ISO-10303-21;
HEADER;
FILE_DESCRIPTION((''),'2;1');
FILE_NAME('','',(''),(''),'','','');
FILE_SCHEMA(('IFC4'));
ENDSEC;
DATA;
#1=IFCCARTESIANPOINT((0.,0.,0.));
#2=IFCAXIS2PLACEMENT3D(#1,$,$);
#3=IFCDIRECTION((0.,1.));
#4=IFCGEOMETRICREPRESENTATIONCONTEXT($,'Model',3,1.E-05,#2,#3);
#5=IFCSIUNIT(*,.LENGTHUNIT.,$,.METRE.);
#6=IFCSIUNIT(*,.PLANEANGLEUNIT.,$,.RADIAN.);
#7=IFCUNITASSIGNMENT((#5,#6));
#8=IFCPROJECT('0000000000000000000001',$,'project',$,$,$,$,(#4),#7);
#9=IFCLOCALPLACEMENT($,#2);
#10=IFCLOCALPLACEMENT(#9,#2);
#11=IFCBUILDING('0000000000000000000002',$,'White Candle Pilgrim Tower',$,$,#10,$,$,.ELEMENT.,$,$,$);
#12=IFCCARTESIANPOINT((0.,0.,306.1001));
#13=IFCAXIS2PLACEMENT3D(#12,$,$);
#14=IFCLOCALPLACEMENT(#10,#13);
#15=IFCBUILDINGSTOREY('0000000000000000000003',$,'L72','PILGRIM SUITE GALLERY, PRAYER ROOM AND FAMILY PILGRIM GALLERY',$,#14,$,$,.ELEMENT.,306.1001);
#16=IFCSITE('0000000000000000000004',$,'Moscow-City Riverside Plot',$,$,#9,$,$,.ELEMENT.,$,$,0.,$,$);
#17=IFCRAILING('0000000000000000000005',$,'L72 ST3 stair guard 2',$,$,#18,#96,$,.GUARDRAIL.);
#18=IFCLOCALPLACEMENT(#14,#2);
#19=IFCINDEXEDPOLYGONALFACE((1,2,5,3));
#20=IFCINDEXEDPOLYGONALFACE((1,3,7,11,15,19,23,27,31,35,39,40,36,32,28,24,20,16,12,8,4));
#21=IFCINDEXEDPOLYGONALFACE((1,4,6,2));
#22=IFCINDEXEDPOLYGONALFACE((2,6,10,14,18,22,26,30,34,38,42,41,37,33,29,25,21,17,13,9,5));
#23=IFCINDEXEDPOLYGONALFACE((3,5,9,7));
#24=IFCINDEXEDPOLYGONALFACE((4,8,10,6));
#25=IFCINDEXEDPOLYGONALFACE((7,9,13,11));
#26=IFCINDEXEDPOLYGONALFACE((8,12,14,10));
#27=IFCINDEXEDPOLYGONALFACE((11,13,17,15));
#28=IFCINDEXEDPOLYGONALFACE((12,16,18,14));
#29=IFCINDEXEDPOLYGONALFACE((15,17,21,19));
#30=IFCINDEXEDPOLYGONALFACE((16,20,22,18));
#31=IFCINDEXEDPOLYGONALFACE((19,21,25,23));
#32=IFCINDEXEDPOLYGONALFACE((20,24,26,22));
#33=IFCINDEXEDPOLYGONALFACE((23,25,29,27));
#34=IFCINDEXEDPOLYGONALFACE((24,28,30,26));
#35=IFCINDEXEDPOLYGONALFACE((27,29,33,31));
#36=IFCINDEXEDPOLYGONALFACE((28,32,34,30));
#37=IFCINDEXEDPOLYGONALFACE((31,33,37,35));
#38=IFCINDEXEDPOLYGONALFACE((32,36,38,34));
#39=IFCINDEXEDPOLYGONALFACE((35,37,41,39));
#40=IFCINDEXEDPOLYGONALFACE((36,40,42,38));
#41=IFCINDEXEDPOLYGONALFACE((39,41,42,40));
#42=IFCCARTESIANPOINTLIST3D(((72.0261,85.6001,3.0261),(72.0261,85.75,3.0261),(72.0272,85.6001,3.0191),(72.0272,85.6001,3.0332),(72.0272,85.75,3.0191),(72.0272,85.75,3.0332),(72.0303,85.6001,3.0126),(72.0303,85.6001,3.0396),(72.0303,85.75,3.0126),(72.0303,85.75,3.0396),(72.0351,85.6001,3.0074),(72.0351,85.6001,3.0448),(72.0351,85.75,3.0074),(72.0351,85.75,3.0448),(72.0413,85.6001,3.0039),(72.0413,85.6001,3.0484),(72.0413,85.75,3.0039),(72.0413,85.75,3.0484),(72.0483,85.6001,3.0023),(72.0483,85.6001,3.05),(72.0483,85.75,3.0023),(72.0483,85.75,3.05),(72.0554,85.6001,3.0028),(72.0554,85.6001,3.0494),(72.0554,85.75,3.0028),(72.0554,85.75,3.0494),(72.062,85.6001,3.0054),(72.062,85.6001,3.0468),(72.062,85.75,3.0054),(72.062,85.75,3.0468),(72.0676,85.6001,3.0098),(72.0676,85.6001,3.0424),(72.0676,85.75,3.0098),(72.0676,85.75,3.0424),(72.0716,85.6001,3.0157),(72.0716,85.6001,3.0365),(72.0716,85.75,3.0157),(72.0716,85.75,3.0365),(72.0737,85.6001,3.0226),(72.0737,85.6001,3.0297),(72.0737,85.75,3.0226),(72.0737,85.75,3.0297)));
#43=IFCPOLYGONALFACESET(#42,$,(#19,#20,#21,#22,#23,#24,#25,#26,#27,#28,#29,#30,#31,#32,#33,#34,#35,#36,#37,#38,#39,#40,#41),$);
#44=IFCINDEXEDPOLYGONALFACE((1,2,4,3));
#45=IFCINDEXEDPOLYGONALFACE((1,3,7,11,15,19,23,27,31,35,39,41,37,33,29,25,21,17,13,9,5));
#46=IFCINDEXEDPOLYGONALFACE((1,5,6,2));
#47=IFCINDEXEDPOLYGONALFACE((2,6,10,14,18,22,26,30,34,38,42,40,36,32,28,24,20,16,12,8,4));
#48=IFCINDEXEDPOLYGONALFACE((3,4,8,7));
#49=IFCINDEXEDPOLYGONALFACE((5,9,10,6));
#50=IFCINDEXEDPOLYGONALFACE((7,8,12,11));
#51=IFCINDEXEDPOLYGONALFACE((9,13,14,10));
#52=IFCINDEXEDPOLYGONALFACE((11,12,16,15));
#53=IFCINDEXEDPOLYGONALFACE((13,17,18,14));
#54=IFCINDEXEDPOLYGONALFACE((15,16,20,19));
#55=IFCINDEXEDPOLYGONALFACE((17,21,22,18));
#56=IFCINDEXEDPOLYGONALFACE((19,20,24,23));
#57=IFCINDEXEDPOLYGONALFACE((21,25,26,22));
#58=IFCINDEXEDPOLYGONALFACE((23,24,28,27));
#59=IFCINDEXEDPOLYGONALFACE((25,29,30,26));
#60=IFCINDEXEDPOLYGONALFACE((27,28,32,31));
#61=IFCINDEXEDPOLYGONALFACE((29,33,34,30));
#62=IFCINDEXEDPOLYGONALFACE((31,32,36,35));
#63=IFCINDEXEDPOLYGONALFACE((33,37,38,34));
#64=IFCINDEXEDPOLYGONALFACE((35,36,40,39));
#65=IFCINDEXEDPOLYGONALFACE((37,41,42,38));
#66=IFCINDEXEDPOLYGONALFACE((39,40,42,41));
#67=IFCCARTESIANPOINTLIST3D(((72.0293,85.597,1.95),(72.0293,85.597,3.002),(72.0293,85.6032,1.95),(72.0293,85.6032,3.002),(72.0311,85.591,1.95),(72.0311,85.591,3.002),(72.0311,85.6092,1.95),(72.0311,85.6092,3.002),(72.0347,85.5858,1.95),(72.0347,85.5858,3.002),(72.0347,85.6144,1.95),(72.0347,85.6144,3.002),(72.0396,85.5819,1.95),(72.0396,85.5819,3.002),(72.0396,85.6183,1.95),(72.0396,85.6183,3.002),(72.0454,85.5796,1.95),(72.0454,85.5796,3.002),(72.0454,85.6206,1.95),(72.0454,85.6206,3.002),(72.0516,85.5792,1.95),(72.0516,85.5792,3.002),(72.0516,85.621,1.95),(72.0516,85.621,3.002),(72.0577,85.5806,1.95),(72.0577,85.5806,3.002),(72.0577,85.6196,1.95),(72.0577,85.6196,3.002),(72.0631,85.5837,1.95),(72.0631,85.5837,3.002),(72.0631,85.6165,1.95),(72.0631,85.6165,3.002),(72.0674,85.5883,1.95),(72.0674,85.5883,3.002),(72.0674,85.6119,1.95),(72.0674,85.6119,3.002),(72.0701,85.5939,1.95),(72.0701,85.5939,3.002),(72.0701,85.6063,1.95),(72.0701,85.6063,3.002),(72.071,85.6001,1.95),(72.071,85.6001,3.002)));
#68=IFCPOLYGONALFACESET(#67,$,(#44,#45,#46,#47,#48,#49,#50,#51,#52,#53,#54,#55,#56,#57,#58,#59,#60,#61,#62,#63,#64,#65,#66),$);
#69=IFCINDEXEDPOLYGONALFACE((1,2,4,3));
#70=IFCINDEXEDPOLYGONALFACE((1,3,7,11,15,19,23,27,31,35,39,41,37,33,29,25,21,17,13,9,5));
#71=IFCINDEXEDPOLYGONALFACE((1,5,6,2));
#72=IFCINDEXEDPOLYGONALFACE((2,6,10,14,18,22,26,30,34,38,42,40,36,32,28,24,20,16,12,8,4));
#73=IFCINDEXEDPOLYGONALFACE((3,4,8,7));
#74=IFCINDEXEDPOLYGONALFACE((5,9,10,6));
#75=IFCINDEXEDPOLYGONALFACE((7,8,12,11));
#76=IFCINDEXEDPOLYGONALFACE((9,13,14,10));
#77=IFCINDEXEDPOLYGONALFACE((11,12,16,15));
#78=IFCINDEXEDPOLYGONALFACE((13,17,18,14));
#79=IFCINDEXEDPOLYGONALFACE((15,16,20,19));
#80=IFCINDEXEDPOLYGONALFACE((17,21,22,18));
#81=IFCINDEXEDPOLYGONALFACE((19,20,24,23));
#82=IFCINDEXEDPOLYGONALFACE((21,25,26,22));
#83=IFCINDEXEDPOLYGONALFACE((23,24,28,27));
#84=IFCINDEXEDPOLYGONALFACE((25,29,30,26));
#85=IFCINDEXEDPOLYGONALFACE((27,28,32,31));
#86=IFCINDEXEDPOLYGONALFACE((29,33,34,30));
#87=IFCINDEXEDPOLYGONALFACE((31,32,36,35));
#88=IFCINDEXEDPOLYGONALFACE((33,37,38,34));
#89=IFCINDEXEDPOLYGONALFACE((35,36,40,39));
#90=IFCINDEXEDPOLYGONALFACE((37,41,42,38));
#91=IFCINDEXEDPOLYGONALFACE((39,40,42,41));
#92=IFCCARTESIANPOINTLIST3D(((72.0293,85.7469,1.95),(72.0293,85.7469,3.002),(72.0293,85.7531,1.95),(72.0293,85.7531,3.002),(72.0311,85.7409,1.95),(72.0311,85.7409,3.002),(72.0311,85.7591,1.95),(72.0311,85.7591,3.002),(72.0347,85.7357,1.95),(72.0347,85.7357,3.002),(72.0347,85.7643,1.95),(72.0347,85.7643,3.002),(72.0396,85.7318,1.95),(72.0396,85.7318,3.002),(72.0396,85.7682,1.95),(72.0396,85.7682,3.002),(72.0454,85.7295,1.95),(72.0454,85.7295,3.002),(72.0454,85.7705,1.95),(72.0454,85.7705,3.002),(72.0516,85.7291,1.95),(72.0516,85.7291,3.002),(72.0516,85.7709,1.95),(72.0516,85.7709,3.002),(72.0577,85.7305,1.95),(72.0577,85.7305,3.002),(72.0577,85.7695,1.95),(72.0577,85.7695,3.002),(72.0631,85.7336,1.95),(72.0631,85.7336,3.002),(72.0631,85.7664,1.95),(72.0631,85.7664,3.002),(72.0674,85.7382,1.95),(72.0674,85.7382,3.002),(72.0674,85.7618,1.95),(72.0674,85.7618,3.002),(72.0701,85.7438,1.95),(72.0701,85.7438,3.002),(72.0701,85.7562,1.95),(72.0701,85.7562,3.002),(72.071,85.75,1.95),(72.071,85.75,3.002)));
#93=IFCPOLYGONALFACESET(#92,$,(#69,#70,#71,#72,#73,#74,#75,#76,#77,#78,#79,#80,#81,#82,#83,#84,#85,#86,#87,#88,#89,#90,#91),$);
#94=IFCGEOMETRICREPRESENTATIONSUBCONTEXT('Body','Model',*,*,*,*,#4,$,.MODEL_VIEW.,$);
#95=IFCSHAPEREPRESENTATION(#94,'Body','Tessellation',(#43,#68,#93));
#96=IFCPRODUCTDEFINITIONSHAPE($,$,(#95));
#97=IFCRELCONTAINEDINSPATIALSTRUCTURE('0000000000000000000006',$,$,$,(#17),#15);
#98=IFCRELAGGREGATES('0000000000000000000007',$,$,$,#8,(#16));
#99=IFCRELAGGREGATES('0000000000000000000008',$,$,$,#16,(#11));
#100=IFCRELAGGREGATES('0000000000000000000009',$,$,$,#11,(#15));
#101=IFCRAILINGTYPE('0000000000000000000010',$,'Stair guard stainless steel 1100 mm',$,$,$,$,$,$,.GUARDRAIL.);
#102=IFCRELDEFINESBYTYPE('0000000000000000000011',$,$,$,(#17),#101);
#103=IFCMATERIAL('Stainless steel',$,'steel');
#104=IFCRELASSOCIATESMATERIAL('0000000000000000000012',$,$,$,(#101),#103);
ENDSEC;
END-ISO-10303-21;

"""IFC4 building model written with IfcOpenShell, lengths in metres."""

from ifc_helpers import new_model, si_unit, direction, frame, origin, origin_2d, place, context, subcontext, project, spatial, circle, extrude, material, type_object, element, save


model = new_model("IFC4")

# Units and contexts
model_context = context("Model", 3, precision=1e-05, world=origin(), true_north=direction((0.0, 1.0)))
body_context = subcontext(model_context, "Body", "Model", "MODEL_VIEW")
ifc_project = project(units=[si_unit("LENGTHUNIT", "METRE"), si_unit("PLANEANGLEUNIT", "RADIAN")], contexts=[model_context])

# Site, building, storey
site_placement = place(None, origin())
site = spatial("IfcSite", under=ifc_project, at=site_placement, Name="Moscow-City Riverside Plot", CompositionType="ELEMENT", RefElevation=0.0)
building_placement = place(site_placement, origin())
building = spatial("IfcBuilding", under=site, at=building_placement, Name="White Candle Pilgrim Tower", CompositionType="ELEMENT")
storey_placement = place(building_placement, frame((0.0, 0.0, 306.1001)))
storey = spatial("IfcBuildingStorey", under=building, at=storey_placement, Name="L72", Description="PILGRIM SUITE GALLERY, PRAYER ROOM AND FAMILY PILGRIM GALLERY", CompositionType="ELEMENT", Elevation=306.1001)

# Railing
ifc_material_1 = material(Name="Stainless steel", Category="steel")
railing_type_1 = type_object("IfcRailingType", Name="Stair guard stainless steel 1100 mm", PredefinedType="GUARDRAIL", material=ifc_material_1)
railing_1_placement = place(storey_placement, frame((72.05, 85.6001, 1.95)))
element("IfcRailing", 1, at=railing_1_placement, inside=storey, type_object=railing_type_1, Name="L72 ST3 stair guard 2", PredefinedType="GUARDRAIL", context=body_context, shape_type="SweptSolid", body=[
    extrude(circle(Radius=0.0239, at=origin_2d()), frame((0.0, 0.0, 1.0762), z_axis=(0.0, 1.0, 0.0), x_axis=(-1.0, 0.0, 0.0)), (0.0, 0.0, 1.0), 0.1499),
    extrude(circle(Radius=0.021, at=origin_2d()), origin(), (0.0, 0.0, 1.0), 1.052),
    extrude(circle(Radius=0.021, at=origin_2d()), frame((0.0, 0.1499, 0.0)), (0.0, 0.0, 1.0), 1.052),
])

save(model, "model.ifc")
